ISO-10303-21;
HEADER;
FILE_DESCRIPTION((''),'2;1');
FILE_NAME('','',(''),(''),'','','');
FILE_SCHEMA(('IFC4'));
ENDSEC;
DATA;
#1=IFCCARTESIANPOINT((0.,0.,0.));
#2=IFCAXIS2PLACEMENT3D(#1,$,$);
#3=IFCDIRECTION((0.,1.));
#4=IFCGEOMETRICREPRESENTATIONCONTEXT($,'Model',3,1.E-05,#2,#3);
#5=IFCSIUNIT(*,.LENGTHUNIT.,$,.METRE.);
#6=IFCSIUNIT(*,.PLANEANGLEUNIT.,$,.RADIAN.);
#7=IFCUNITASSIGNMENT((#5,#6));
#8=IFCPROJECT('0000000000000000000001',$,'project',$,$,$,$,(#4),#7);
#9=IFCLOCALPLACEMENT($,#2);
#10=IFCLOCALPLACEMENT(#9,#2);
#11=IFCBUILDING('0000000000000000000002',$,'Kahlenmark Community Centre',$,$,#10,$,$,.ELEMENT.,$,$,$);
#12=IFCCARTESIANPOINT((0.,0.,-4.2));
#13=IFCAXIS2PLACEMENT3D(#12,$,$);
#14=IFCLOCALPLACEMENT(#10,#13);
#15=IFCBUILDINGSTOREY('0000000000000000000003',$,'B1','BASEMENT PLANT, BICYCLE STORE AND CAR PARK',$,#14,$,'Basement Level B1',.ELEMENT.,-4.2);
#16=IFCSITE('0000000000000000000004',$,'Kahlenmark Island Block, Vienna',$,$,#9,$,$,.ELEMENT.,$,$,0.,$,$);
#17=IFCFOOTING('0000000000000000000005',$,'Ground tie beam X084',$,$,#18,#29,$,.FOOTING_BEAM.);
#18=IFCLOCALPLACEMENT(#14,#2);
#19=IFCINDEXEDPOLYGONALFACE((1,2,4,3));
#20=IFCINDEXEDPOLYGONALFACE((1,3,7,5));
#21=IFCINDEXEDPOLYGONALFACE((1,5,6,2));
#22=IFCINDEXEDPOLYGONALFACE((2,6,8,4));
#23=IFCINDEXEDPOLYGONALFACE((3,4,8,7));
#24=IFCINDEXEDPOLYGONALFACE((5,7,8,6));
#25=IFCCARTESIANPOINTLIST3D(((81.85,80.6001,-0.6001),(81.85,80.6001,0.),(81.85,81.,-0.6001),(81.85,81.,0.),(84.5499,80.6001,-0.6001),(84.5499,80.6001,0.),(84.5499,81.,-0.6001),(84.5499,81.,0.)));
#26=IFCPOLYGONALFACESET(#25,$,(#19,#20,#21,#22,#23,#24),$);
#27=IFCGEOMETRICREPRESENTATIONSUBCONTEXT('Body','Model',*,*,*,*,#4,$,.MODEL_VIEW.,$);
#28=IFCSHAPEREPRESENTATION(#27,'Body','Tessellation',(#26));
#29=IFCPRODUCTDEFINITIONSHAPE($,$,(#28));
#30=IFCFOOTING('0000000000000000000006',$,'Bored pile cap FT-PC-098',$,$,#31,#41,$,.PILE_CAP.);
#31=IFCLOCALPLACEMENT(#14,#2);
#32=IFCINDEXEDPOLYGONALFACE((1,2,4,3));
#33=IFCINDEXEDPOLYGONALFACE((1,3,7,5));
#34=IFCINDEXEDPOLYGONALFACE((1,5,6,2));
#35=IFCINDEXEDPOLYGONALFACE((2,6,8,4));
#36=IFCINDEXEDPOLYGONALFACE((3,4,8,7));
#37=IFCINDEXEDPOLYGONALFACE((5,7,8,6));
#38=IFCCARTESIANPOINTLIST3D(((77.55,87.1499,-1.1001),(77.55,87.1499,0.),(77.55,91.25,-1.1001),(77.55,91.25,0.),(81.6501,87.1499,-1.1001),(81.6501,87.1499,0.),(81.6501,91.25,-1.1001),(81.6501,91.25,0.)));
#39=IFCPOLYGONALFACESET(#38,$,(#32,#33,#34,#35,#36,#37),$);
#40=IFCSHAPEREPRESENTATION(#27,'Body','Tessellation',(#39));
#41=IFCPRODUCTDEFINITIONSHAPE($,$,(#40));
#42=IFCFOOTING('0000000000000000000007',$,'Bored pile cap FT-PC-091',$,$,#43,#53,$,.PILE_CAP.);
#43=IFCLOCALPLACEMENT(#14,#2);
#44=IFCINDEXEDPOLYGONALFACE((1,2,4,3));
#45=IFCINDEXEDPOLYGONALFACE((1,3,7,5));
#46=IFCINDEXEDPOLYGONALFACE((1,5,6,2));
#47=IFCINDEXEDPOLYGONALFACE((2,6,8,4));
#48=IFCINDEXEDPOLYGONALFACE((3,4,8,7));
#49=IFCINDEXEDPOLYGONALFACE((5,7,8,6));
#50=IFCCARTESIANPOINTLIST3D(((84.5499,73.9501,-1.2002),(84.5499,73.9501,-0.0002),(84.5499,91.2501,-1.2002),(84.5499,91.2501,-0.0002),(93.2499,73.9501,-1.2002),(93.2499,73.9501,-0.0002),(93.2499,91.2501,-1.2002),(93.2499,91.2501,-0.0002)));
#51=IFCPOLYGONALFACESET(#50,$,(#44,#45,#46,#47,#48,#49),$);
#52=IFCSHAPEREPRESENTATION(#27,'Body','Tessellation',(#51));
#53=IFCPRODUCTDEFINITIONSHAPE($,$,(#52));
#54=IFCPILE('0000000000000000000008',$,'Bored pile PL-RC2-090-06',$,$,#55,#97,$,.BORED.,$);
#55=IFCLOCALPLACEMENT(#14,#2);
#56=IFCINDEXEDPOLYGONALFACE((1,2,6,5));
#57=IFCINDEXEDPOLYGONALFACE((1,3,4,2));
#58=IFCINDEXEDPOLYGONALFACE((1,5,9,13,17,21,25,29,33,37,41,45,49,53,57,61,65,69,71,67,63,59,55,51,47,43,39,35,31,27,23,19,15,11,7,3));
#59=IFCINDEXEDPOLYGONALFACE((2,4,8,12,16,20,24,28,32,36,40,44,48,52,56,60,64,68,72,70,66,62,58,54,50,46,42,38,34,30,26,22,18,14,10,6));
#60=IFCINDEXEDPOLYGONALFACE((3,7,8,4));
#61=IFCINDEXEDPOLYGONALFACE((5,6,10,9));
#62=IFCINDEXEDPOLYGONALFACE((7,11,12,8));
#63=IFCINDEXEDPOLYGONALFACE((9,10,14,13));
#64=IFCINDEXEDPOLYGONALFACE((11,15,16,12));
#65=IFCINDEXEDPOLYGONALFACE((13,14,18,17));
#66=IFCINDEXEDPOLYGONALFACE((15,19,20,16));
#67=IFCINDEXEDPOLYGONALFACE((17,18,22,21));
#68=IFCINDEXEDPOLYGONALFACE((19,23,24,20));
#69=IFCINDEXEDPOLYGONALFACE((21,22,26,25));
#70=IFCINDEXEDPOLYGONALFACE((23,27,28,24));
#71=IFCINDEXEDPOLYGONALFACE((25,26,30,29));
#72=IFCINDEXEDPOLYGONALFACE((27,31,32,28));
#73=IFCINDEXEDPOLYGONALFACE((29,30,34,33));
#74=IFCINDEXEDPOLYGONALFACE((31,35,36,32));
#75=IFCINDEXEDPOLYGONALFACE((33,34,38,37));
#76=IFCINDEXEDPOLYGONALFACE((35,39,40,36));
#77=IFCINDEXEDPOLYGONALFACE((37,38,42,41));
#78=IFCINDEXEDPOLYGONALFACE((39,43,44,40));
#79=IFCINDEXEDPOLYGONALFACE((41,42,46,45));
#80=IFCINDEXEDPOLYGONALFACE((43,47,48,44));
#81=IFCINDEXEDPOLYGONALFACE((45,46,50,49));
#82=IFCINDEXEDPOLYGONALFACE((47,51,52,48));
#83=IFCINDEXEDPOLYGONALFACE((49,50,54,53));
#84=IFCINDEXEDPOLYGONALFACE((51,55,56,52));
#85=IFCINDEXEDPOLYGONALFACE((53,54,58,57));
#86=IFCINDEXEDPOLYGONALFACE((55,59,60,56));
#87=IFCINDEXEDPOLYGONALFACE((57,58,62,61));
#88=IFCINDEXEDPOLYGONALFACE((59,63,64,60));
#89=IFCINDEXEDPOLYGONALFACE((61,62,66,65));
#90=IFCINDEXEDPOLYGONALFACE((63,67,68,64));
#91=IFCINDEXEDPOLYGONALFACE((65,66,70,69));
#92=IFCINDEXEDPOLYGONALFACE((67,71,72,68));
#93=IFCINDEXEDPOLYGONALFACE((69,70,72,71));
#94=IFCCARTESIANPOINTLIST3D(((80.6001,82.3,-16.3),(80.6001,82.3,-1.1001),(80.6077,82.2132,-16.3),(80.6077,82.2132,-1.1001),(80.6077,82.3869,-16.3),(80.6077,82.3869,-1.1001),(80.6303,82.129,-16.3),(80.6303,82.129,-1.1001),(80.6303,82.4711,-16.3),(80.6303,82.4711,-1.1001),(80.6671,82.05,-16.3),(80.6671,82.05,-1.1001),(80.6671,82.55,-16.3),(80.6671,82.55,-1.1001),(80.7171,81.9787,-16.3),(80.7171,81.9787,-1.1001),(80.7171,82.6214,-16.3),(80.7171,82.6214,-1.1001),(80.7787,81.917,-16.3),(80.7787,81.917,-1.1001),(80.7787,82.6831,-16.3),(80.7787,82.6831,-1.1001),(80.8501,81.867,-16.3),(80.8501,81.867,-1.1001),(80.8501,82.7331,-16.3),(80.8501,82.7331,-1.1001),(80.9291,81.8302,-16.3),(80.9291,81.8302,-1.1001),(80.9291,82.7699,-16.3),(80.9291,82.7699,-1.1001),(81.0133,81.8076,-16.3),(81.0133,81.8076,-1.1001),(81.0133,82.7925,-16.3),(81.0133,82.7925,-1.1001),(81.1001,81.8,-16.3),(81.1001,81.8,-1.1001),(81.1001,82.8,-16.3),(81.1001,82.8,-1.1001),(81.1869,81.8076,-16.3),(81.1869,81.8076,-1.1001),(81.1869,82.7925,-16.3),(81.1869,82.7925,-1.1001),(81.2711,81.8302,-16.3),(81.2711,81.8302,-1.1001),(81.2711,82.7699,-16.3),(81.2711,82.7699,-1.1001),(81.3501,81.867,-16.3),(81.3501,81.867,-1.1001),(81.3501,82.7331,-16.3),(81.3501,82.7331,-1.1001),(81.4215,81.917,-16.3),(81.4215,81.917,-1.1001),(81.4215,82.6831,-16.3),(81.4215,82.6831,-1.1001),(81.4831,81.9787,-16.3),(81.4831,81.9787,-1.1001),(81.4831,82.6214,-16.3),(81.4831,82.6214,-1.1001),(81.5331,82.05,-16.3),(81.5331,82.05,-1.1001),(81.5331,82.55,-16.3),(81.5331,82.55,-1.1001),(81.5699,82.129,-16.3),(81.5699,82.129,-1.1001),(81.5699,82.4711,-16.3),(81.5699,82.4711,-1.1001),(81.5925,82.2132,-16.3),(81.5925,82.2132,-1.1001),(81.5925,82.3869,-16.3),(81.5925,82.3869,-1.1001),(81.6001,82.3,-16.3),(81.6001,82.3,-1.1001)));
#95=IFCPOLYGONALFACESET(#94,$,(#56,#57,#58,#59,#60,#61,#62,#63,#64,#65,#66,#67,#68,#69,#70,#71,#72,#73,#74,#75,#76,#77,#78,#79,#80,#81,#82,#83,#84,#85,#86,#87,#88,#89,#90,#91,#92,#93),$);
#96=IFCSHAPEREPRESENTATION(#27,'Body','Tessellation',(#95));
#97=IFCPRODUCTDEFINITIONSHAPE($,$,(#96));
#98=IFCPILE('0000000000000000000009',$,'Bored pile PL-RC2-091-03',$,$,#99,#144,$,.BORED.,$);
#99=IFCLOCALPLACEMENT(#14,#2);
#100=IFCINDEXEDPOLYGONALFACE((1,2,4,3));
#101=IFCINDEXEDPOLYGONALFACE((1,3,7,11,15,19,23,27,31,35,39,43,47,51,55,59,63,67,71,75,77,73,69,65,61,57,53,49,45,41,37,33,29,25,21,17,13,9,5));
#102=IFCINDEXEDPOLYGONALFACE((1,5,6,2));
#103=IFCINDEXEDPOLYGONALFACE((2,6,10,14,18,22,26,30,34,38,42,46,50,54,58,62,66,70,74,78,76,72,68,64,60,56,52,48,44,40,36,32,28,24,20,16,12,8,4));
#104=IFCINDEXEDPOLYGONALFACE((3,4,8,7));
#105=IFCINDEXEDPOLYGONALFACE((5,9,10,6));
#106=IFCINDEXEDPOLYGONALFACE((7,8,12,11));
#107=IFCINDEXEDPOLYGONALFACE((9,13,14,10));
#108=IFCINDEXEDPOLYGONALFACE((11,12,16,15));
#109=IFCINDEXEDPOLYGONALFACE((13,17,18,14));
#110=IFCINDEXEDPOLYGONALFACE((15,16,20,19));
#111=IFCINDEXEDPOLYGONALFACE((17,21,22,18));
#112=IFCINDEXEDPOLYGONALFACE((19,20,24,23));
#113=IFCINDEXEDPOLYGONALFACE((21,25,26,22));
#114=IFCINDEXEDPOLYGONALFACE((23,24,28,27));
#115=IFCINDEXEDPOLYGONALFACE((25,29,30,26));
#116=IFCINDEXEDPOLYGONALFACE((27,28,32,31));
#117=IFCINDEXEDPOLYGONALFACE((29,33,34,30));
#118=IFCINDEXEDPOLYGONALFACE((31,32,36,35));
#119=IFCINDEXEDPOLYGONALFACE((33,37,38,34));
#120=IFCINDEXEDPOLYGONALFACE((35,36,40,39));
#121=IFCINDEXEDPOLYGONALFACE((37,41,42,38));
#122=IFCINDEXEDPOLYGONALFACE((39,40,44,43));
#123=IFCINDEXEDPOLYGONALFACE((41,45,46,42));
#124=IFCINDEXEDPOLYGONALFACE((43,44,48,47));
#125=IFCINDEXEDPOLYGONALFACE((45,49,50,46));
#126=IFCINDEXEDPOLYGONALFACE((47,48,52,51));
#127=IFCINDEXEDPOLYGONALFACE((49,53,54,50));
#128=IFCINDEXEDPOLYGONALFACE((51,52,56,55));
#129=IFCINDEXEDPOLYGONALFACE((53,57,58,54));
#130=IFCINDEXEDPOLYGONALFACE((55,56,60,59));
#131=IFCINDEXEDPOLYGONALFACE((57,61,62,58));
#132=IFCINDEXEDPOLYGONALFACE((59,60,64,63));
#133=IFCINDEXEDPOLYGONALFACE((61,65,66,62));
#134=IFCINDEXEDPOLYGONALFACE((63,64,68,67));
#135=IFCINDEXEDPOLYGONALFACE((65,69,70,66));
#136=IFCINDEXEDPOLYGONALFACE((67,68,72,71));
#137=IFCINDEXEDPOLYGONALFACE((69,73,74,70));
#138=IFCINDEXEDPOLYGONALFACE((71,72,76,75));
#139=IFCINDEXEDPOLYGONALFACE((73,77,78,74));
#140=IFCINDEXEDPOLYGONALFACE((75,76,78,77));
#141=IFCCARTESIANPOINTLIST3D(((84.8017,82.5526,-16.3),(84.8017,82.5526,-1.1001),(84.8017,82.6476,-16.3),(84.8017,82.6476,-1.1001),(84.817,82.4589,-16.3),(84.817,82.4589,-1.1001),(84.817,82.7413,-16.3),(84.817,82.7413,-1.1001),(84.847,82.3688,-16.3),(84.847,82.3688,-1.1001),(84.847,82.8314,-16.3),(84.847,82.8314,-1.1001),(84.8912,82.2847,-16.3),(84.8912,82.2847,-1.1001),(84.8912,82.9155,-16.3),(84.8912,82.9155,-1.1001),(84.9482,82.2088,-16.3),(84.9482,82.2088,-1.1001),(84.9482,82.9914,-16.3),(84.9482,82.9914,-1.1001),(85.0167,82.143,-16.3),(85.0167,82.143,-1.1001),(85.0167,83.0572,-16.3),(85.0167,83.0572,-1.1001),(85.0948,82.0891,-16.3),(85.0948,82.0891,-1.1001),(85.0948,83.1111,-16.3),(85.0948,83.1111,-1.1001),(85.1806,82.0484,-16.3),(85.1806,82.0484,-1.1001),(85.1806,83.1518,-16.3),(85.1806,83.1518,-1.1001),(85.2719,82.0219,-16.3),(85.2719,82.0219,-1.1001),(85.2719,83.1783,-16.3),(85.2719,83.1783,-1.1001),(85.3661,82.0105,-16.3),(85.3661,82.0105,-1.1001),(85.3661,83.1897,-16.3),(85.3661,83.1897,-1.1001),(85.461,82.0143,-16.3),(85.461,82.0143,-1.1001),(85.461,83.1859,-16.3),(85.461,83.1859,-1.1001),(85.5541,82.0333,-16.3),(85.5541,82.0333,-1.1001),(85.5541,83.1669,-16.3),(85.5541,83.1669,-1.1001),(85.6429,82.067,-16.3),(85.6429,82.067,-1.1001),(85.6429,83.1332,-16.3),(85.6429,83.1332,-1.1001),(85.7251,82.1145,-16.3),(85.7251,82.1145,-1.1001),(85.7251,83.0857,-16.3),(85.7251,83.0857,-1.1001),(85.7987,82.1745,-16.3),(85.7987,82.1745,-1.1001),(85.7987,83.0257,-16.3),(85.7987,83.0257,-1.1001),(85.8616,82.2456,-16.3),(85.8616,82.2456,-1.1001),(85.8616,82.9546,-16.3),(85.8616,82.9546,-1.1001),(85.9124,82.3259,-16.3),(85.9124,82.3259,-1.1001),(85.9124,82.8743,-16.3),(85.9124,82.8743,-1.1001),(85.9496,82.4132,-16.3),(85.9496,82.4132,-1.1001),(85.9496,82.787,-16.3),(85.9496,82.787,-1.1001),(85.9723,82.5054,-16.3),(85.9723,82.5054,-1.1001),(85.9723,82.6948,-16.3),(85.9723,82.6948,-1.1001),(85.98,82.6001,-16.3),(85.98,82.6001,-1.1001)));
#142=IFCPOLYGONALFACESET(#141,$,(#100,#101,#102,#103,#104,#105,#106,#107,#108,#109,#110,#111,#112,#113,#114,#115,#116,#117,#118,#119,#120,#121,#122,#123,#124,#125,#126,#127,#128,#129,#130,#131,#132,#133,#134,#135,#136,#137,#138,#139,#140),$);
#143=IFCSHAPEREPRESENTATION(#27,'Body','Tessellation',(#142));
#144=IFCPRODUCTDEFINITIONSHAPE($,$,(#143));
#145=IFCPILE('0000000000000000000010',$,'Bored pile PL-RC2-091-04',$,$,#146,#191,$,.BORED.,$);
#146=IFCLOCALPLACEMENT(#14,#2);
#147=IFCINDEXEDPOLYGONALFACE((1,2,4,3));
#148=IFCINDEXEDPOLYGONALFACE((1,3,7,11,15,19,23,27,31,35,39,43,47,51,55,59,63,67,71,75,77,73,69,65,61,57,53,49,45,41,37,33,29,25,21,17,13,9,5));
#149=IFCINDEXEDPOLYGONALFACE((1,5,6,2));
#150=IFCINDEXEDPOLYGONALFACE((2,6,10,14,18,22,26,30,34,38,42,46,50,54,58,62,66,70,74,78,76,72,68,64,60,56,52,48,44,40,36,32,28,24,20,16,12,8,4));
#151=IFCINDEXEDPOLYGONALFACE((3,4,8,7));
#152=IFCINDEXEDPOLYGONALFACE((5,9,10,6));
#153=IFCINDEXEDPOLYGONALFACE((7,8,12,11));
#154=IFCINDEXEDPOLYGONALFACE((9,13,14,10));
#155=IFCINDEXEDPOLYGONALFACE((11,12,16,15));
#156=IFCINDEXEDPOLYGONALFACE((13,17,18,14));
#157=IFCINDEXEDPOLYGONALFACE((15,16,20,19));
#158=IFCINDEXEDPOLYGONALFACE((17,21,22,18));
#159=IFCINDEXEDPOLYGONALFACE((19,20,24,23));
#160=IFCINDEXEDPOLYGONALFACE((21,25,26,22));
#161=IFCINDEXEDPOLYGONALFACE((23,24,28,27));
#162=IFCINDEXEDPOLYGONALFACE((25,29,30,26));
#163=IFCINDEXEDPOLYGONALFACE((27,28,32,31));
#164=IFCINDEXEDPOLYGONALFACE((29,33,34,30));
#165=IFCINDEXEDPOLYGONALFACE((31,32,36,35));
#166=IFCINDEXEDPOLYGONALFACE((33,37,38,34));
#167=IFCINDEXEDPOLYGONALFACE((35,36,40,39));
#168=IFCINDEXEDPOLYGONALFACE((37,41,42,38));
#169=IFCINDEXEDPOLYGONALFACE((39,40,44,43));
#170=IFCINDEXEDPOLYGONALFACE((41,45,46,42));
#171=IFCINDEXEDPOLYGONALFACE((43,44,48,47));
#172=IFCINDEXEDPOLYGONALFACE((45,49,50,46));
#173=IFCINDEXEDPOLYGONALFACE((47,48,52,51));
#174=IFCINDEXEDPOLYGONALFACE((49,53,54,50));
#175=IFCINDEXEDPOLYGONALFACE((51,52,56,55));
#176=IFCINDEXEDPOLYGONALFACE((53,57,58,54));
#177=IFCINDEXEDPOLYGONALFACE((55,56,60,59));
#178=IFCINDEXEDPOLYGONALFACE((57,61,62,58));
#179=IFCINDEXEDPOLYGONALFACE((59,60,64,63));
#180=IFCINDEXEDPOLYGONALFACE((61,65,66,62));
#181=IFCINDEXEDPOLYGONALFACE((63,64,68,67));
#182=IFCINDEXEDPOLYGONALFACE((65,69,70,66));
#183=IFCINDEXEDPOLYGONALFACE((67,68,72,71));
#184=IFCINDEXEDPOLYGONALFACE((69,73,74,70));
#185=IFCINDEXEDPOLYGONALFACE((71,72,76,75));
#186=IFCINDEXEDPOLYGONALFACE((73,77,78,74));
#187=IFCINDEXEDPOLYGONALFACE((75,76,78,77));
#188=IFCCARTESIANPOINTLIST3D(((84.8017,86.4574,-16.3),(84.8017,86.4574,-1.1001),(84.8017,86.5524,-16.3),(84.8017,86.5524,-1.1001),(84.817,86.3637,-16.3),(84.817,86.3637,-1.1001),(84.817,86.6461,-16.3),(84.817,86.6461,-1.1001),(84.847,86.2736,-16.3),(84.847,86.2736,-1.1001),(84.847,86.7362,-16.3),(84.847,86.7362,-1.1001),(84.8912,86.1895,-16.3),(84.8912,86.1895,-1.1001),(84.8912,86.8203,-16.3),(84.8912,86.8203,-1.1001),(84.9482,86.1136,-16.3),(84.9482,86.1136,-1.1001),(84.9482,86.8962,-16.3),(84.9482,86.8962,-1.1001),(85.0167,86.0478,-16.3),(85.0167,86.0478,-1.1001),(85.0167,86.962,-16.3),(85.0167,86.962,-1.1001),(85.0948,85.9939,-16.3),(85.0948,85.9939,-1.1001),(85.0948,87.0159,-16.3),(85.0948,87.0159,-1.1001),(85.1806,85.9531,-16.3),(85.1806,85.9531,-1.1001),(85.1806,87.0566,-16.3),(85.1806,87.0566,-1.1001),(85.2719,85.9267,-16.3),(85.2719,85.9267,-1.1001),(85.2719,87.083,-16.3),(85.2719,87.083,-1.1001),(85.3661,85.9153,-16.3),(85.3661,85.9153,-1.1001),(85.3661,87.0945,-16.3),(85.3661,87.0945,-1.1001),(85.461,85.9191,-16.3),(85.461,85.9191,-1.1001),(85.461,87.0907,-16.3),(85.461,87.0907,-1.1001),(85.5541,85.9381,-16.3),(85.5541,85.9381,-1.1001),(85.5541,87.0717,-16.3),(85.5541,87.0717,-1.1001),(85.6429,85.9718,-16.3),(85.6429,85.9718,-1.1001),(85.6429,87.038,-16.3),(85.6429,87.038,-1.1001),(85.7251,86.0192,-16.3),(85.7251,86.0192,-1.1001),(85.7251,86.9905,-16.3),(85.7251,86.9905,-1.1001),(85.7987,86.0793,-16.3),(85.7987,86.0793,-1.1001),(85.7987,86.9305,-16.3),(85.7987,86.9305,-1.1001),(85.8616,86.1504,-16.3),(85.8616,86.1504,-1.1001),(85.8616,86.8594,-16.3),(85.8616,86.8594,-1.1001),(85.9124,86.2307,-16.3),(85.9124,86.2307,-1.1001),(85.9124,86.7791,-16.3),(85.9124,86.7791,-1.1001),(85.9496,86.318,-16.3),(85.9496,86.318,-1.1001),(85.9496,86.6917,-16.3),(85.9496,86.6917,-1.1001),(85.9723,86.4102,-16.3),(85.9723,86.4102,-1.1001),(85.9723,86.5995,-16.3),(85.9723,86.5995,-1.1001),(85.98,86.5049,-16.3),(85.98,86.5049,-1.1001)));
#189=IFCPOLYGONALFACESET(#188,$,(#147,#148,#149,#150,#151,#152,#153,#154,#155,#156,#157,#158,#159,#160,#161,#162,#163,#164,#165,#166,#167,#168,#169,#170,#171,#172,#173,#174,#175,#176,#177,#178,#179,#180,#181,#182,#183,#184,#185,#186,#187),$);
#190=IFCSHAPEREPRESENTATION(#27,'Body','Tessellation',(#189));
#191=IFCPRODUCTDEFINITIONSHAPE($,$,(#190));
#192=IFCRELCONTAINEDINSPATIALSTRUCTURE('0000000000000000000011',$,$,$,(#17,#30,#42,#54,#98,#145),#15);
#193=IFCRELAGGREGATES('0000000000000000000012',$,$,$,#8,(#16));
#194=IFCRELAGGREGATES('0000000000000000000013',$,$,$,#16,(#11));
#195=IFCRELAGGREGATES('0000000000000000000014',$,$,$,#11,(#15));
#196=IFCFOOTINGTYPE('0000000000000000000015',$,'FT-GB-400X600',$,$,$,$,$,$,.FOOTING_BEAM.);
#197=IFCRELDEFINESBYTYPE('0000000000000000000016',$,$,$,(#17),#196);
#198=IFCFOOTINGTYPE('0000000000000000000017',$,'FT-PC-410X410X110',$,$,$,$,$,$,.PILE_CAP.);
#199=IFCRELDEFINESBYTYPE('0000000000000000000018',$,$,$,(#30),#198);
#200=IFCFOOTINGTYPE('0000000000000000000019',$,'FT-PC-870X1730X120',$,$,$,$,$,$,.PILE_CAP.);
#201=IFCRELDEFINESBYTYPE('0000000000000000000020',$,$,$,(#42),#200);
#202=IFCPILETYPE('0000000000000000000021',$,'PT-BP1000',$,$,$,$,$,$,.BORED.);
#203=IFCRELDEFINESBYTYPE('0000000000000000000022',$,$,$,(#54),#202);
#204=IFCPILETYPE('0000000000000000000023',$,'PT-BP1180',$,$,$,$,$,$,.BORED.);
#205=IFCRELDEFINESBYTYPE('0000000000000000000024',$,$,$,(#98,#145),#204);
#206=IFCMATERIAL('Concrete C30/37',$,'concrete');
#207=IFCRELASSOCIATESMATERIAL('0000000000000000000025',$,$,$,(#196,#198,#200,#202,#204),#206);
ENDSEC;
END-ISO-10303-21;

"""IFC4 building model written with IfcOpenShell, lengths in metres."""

from ifc_helpers import new_model, si_unit, direction, frame, origin, origin_2d, place, context, subcontext, project, spatial, rectangle, circle, extrude, material, material_profile, profile_set, type_object, element, save


model = new_model("IFC4")

# Units and contexts
model_context = context("Model", 3, precision=1e-05, world=origin(), true_north=direction((0.0, 1.0)))
body_context = subcontext(model_context, "Body", "Model", "MODEL_VIEW")
ifc_project = project(units=[si_unit("LENGTHUNIT", "METRE"), si_unit("PLANEANGLEUNIT", "RADIAN")], contexts=[model_context])

# Site, building, storey
site_placement = place(None, origin())
site = spatial("IfcSite", under=ifc_project, at=site_placement, Name="Kahlenmark Island Block, Vienna", CompositionType="ELEMENT", RefElevation=0.0)
building_placement = place(site_placement, origin())
building = spatial("IfcBuilding", under=site, at=building_placement, Name="Kahlenmark Community Centre", CompositionType="ELEMENT")
storey_placement = place(building_placement, frame((0.0, 0.0, -4.2)))
storey = spatial("IfcBuildingStorey", under=building, at=storey_placement, Name="B1", Description="BASEMENT PLANT, BICYCLE STORE AND CAR PARK", LongName="Basement Level B1", CompositionType="ELEMENT", Elevation=-4.2)

# Footings
ifc_material_1 = material(Name="Concrete C30/37", Category="concrete")
footing_type_1 = type_object("IfcFootingType", Name="FT-GB-400X600", PredefinedType="FOOTING_BEAM", material=ifc_material_1)
footing_1_placement = place(storey_placement, frame((83.2, 80.8, -0.6001), z_axis=(0.0, 0.0, 1.0), x_axis=(1.0, 0.0, 0.0)))
element("IfcFooting", 1, at=footing_1_placement, inside=storey, type_object=footing_type_1, Name="Ground tie beam X084", PredefinedType="FOOTING_BEAM", context=body_context, shape_type="SweptSolid", body=[
    extrude(rectangle(XDim=2.7, YDim=0.3999, at=origin_2d()), origin(), (0.0, 0.0, 1.0), 0.6001),
])
footing_type_2 = type_object("IfcFootingType", Name="FT-PC-410X410X110", PredefinedType="PILE_CAP", material=ifc_material_1)
footing_2_placement = place(storey_placement, frame((79.6001, 89.2, -1.1001), z_axis=(0.0, 0.0, 1.0), x_axis=(1.0, 0.0, 0.0)))
element("IfcFooting", 2, at=footing_2_placement, inside=storey, type_object=footing_type_2, Name="Bored pile cap FT-PC-098", PredefinedType="PILE_CAP", context=body_context, shape_type="SweptSolid", body=[
    extrude(rectangle(XDim=4.1001, YDim=4.1001, at=origin_2d()), origin(), (0.0, 0.0, 1.0), 1.1001),
])
footing_type_3 = type_object("IfcFootingType", Name="FT-PC-870X1730X120", PredefinedType="PILE_CAP", material=ifc_material_1)
footing_3_placement = place(storey_placement, frame((88.8999, 82.6001, -1.2002), z_axis=(0.0, 0.0, 1.0), x_axis=(1.0, 0.0, 0.0)))
element("IfcFooting", 3, at=footing_3_placement, inside=storey, type_object=footing_type_3, Name="Bored pile cap FT-PC-091", PredefinedType="PILE_CAP", context=body_context, shape_type="SweptSolid", body=[
    extrude(rectangle(XDim=8.7, YDim=17.3, at=origin_2d()), origin(), (0.0, 0.0, 1.0), 1.2),
])

# Piles
ifc_material_profile_1 = material_profile(ifc_material_1, circle(Radius=0.5, at=origin_2d()), Name="BORED PILE 1000")
ifc_profile_set_1 = profile_set([ifc_material_profile_1], Name="Concrete C30/37")
pile_type_1 = type_object("IfcPileType", Name="PT-BP1000", PredefinedType="BORED", material=ifc_profile_set_1)
pile_1_placement = place(storey_placement, frame((81.1001, 82.3, -1.1001), z_axis=(0.0, 0.0, -1.0), x_axis=(1.0, 0.0, 0.0)))
element("IfcPile", 4, at=pile_1_placement, inside=storey, type_object=pile_type_1, Name="Bored pile PL-RC2-090-06", PredefinedType="BORED", context=body_context, shape_type="SweptSolid", body=[
    extrude(circle(Radius=0.5, at=origin_2d()), origin(), (0.0, 0.0, 1.0), 15.2),
])
ifc_material_profile_2 = material_profile(ifc_material_1, circle(Radius=0.5901, at=origin_2d()), Name="BORED PILE 1180")
ifc_profile_set_2 = profile_set([ifc_material_profile_2], Name="Concrete C30/37")
pile_type_2 = type_object("IfcPileType", Name="PT-BP1180", PredefinedType="BORED", material=ifc_profile_set_2)
for number, where, z_axis, x_axis, name in (
    (5, (85.3899, 82.6001, -1.1001), (0.0, 0.0, -1.0), (1.0, 0.0, 0.0), "Bored pile PL-RC2-091-03"),
    (6, (85.3899, 86.5049, -1.1001), (0.0, 0.0, -1.0), (1.0, 0.0, 0.0), "Bored pile PL-RC2-091-04"),
):
    element("IfcPile", number, at=place(storey_placement, frame(where, z_axis=z_axis, x_axis=x_axis)), inside=storey, type_object=pile_type_2, Name=name, PredefinedType="BORED", context=body_context, shape_type="SweptSolid", body=[
        extrude(circle(Radius=0.5901, at=origin_2d()), origin(), (0.0, 0.0, 1.0), 15.2),
    ])

save(model, "model.ifc")
